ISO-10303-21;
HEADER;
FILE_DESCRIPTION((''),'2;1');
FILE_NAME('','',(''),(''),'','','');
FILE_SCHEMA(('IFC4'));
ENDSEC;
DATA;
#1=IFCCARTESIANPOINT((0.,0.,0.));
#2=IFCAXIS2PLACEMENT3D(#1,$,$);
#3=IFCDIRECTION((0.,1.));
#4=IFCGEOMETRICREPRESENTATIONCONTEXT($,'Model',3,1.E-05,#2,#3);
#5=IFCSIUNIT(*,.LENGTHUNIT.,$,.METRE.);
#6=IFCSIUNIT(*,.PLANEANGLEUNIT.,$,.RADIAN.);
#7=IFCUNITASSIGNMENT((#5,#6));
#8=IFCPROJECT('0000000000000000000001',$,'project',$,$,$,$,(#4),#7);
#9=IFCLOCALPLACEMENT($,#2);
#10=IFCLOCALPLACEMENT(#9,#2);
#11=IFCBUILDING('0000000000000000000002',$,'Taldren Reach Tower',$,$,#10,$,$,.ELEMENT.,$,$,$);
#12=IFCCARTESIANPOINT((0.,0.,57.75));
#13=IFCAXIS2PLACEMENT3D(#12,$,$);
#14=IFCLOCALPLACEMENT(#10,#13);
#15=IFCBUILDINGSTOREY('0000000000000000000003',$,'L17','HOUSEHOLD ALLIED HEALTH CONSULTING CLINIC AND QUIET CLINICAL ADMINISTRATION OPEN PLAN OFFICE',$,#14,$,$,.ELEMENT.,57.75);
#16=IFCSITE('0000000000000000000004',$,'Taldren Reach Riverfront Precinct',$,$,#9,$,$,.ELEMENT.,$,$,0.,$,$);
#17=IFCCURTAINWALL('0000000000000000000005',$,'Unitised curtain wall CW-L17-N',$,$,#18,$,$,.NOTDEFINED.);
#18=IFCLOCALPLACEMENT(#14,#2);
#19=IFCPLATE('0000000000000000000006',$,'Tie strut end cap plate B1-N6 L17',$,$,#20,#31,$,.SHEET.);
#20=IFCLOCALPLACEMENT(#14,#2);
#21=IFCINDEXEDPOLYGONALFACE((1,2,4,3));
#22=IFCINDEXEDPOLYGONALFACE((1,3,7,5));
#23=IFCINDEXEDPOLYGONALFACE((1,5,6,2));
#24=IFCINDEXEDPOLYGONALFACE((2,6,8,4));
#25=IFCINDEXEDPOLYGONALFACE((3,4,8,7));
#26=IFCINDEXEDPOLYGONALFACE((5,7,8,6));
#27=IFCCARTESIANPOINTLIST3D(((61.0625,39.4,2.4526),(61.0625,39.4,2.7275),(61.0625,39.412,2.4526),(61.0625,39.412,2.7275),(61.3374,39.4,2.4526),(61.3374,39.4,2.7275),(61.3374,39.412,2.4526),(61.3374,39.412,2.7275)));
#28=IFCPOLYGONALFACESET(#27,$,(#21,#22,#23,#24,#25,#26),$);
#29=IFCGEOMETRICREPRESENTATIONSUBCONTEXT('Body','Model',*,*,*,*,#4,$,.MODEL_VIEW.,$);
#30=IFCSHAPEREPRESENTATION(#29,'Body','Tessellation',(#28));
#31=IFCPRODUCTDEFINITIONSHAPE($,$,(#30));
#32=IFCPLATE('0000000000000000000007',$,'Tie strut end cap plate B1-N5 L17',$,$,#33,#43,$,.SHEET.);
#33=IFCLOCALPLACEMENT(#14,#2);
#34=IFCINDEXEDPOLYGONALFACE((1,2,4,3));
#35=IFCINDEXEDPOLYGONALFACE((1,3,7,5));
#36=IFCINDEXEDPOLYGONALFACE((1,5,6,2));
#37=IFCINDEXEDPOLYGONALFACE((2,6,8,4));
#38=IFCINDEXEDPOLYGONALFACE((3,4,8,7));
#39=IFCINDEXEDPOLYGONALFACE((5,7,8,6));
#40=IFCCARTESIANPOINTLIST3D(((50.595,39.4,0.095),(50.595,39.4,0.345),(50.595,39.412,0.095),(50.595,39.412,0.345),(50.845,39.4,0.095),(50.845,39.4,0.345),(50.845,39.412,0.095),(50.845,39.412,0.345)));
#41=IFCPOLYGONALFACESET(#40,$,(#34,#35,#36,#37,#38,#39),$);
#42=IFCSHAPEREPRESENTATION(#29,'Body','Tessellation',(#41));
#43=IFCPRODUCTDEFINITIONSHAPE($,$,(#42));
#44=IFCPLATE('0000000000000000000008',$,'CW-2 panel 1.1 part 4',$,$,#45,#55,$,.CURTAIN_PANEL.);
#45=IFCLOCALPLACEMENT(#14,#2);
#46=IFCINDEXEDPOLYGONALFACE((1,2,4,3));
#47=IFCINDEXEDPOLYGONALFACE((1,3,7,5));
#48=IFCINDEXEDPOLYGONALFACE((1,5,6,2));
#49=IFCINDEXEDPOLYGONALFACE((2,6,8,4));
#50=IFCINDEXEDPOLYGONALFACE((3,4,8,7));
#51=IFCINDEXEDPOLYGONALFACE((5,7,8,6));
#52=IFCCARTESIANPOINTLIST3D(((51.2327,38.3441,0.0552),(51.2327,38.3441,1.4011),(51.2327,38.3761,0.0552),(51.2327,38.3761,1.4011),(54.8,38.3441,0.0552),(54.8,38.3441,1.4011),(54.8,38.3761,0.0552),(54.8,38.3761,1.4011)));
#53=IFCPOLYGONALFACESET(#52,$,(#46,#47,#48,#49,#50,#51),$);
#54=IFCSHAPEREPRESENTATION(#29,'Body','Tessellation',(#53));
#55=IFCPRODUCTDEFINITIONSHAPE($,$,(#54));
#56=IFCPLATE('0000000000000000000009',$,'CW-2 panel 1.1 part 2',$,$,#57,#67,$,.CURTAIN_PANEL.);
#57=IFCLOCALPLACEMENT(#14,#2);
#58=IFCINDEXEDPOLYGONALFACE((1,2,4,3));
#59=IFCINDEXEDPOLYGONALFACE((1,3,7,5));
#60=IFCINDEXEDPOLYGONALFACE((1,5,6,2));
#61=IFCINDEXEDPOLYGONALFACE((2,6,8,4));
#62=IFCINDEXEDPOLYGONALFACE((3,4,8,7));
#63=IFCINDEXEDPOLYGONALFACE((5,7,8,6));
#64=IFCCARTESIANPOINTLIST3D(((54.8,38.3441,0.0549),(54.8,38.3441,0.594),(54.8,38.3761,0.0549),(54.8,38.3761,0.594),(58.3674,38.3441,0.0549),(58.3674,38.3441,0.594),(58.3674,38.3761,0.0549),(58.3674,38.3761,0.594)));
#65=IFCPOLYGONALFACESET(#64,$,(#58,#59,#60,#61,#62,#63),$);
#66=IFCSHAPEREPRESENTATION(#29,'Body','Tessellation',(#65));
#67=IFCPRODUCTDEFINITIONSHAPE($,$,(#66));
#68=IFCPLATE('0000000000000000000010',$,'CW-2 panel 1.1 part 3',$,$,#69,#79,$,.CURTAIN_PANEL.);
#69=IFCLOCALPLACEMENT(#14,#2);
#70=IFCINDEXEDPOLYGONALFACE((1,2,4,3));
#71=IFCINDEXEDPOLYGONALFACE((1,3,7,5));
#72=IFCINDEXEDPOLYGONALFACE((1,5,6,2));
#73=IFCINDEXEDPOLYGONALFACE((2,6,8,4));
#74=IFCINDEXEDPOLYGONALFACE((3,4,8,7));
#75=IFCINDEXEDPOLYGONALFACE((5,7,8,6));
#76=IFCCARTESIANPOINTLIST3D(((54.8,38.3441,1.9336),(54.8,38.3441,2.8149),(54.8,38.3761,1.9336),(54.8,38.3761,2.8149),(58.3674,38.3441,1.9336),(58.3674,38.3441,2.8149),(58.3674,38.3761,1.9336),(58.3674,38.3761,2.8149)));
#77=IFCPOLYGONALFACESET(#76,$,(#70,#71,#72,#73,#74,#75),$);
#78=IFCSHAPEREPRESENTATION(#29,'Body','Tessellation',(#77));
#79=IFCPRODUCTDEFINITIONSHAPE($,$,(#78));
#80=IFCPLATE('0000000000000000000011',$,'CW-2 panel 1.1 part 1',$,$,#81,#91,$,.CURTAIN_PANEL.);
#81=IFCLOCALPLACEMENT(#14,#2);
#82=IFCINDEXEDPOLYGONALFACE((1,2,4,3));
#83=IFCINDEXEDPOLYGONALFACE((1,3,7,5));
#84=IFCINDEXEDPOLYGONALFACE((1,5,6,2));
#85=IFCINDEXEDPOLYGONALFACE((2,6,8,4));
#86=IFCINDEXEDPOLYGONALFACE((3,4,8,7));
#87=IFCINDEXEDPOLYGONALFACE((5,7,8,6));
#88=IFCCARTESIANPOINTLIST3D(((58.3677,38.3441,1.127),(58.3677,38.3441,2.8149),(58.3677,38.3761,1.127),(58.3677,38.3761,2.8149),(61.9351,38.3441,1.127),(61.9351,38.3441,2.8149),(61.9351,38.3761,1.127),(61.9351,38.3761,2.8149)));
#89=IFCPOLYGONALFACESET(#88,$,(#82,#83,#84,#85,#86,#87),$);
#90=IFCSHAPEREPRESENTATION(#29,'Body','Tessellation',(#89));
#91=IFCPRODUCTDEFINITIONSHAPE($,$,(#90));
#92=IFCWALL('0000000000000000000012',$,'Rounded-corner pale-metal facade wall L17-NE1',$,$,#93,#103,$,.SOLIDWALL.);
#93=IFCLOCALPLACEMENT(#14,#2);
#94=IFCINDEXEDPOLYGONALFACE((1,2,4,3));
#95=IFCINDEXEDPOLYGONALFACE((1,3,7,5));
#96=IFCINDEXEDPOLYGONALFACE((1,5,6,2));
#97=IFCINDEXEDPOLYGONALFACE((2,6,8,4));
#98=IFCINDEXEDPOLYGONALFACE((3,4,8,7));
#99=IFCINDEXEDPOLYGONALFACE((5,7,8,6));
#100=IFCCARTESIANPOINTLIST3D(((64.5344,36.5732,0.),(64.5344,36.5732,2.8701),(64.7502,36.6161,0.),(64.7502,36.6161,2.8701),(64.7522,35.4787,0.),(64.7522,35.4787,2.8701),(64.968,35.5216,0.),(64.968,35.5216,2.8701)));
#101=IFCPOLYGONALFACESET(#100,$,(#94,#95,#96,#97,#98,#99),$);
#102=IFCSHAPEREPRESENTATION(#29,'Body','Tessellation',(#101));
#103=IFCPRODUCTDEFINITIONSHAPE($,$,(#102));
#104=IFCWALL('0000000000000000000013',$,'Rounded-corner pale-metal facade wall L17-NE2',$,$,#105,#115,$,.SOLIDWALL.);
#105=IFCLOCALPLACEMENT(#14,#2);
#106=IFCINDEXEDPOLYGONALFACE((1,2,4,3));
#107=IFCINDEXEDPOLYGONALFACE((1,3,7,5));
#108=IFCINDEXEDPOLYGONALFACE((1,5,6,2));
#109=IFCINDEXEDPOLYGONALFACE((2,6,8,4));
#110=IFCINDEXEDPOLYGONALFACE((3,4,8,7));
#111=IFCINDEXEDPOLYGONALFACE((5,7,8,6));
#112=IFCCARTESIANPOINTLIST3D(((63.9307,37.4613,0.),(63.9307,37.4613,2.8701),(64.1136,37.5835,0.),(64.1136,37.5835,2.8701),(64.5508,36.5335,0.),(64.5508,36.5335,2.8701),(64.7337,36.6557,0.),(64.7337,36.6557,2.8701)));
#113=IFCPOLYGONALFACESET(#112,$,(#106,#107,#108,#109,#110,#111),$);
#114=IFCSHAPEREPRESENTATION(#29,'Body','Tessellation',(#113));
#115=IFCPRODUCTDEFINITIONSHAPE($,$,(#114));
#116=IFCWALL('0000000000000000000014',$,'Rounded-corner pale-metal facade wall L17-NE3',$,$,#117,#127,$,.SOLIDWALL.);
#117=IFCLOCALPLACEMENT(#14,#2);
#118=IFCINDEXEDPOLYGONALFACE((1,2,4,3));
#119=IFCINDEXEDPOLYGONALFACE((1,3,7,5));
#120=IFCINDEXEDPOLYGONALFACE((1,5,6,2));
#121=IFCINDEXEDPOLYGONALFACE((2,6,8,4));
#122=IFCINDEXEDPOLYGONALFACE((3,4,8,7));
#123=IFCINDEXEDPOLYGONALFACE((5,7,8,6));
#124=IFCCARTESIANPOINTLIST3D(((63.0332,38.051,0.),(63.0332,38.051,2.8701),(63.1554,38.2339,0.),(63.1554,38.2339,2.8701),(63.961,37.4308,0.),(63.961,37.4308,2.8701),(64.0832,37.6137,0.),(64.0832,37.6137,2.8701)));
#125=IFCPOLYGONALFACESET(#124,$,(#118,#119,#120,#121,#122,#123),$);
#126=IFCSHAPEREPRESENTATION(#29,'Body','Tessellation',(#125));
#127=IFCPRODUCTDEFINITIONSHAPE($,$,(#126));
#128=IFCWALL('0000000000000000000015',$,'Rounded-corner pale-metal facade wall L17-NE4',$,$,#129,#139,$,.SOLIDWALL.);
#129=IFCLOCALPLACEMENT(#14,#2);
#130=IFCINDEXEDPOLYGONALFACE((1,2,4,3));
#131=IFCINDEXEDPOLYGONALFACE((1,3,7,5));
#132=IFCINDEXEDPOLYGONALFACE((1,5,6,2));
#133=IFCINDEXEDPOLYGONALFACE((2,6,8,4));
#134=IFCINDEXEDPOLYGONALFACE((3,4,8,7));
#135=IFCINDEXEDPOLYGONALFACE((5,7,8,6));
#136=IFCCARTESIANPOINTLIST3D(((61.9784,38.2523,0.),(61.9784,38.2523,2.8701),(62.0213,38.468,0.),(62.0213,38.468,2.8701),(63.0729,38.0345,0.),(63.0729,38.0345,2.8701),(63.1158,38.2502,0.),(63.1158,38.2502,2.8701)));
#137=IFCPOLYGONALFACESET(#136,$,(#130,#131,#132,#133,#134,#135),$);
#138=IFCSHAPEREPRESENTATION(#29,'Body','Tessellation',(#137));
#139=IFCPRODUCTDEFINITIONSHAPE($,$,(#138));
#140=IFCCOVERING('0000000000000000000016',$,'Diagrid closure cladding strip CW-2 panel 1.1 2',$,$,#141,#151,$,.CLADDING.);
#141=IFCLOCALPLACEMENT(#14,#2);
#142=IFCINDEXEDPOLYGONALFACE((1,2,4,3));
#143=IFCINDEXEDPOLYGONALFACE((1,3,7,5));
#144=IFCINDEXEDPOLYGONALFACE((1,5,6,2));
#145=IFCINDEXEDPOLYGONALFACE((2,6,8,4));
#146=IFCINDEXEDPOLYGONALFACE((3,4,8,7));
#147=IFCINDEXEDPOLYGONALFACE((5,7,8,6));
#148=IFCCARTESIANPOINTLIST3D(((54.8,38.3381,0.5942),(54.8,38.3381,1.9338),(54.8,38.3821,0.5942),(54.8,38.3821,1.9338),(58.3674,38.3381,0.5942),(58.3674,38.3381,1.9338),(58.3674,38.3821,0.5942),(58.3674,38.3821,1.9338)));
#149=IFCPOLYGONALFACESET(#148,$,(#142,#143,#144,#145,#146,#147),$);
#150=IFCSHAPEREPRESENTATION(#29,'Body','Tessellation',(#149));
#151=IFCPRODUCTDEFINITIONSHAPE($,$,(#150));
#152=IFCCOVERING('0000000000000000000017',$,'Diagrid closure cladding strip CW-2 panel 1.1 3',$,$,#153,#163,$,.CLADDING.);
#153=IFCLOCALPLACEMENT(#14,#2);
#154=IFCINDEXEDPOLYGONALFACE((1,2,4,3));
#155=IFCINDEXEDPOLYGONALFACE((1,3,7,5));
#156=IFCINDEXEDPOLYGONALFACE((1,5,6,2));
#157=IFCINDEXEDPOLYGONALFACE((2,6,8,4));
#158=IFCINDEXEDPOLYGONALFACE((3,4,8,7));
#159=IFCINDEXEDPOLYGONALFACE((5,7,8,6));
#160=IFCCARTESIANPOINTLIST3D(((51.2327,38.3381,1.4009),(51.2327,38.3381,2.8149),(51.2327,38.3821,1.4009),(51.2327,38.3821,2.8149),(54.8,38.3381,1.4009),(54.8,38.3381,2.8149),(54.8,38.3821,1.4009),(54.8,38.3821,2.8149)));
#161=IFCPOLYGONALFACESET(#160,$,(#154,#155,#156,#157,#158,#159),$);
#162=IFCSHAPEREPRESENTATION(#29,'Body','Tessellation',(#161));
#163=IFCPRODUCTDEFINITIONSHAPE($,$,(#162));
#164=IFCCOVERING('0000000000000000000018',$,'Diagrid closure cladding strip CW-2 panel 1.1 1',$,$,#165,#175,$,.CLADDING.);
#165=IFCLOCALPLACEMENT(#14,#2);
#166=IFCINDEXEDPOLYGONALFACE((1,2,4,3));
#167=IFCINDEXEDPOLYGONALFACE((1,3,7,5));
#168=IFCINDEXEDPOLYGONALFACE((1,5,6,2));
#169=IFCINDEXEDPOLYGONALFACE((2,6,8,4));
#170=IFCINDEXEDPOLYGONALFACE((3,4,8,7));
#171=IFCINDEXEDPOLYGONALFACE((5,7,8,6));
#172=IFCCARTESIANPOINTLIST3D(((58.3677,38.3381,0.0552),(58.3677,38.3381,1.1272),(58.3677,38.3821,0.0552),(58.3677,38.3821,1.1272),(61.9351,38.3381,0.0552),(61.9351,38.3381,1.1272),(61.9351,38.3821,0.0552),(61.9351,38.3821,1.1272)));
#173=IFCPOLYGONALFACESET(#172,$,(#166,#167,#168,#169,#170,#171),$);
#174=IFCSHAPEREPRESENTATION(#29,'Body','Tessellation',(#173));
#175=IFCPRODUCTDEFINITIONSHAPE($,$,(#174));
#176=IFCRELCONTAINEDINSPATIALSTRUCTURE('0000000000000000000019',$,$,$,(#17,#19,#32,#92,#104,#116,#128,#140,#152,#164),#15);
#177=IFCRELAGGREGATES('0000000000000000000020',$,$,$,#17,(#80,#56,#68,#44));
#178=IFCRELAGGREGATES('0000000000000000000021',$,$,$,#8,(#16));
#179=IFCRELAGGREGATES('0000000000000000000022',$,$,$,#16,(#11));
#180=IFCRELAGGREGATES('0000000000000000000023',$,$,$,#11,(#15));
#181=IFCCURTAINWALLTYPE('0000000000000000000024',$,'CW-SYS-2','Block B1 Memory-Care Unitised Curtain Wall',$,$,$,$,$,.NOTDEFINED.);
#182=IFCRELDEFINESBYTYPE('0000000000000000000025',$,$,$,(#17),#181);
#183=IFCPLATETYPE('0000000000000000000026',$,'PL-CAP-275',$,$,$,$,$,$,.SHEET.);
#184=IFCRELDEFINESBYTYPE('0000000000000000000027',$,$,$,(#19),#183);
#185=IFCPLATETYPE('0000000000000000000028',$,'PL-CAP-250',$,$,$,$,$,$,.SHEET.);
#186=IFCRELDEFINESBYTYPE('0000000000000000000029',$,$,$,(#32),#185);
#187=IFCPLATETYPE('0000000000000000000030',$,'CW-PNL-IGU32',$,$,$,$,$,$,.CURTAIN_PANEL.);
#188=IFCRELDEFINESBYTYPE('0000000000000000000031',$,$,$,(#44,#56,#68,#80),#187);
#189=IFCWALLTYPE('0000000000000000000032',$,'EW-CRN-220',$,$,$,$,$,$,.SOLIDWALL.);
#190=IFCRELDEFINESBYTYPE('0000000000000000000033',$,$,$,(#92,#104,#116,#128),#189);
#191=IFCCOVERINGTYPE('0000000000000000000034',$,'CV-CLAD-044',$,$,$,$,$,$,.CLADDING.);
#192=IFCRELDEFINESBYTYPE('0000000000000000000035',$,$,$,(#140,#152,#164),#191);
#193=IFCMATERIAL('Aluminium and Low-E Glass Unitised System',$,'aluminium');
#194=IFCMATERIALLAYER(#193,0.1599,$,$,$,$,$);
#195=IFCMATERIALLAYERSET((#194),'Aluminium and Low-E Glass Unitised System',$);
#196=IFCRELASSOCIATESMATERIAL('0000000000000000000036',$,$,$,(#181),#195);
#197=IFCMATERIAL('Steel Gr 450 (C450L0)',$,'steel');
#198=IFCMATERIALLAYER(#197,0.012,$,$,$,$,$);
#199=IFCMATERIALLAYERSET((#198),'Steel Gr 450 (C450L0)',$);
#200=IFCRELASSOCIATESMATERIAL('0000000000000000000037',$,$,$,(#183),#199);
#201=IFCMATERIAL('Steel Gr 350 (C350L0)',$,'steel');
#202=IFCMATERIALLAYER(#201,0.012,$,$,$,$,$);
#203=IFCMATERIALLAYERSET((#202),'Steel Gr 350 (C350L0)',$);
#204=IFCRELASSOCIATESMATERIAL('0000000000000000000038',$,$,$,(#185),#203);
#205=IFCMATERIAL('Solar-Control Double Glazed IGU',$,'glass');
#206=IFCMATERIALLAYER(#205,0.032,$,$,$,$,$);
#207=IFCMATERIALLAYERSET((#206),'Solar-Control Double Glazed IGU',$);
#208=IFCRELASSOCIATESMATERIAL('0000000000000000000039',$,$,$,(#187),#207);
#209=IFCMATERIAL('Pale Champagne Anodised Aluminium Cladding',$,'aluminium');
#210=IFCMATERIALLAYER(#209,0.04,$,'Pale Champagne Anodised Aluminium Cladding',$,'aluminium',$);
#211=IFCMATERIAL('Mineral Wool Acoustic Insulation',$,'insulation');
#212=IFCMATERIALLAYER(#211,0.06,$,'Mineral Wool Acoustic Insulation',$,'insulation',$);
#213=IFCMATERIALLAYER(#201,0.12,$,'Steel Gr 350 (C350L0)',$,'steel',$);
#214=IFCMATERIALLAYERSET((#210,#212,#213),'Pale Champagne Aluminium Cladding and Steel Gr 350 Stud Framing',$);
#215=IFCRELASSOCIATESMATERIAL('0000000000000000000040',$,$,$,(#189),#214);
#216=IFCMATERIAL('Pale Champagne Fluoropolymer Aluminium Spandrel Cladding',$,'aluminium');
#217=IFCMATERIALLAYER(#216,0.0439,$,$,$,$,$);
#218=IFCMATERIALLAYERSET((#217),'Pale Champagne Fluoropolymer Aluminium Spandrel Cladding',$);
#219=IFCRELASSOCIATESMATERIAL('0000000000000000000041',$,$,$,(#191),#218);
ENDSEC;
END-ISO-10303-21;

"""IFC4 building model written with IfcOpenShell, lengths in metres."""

from ifc_helpers import new_model, si_unit, direction, frame, frame_2d, origin, origin_2d, place, context, subcontext, project, spatial, rectangle, extrude, source, transform, mapped, material, layer, layer_set, type_object, element, aggregate, save


model = new_model("IFC4")

# Units and contexts
model_context = context("Model", 3, precision=1e-05, world=origin(), true_north=direction((0.0, 1.0)))
body_context = subcontext(model_context, "Body", "Model", "MODEL_VIEW")
ifc_project = project(units=[si_unit("LENGTHUNIT", "METRE"), si_unit("PLANEANGLEUNIT", "RADIAN")], contexts=[model_context])

# Site, building, storey
site_placement = place(None, origin())
site = spatial("IfcSite", under=ifc_project, at=site_placement, Name="Taldren Reach Riverfront Precinct", CompositionType="ELEMENT", RefElevation=0.0)
building_placement = place(site_placement, origin())
building = spatial("IfcBuilding", under=site, at=building_placement, Name="Taldren Reach Tower", CompositionType="ELEMENT")
storey_placement = place(building_placement, frame((0.0, 0.0, 57.75)))
storey = spatial("IfcBuildingStorey", under=building, at=storey_placement, Name="L17", Description="HOUSEHOLD ALLIED HEALTH CONSULTING CLINIC AND QUIET CLINICAL ADMINISTRATION OPEN PLAN OFFICE", CompositionType="ELEMENT", Elevation=57.75)

# Shared definitions
ifc_material_1 = material(Name="Steel Gr 450 (C450L0)", Category="steel")
ifc_material_2 = material(Name="Steel Gr 350 (C350L0)", Category="steel")

# Curtain wall
ifc_material_3 = material(Name="Aluminium and Low-E Glass Unitised System", Category="aluminium")
ifc_layer_1 = layer(ifc_material_3, 0.1599)
ifc_layer_set_1 = layer_set([ifc_layer_1], Name="Aluminium and Low-E Glass Unitised System")
curtain_wall_type = type_object("IfcCurtainWallType", Name="CW-SYS-2", Description="Block B1 Memory-Care Unitised Curtain Wall", PredefinedType="NOTDEFINED", material=ifc_layer_set_1)
curtain_wall_placement = place(storey_placement, origin())
curtain_wall = element("IfcCurtainWall", 1, at=curtain_wall_placement, inside=storey, type_object=curtain_wall_type, Name="Unitised curtain wall CW-L17-N", PredefinedType="NOTDEFINED")

# Plates
ifc_layer_2 = layer(ifc_material_1, 0.012)
ifc_layer_set_2 = layer_set([ifc_layer_2], Name="Steel Gr 450 (C450L0)")
plate_type_1 = type_object("IfcPlateType", Name="PL-CAP-275", PredefinedType="SHEET", material=ifc_layer_set_2)
shared_shape_1 = source(origin(), body_context, "Body", "SweptSolid", [
    extrude(rectangle(XDim=0.2749, YDim=0.012, at=origin_2d()), origin(), (0.0, 0.0, 1.0), 0.2749),
])
plate_1_placement = place(storey_placement, frame((61.2, 39.406, 2.4526), z_axis=(0.0, 0.0, 1.0), x_axis=(1.0, 0.0, 0.0)))
element("IfcPlate", 2, at=plate_1_placement, inside=storey, type_object=plate_type_1, Name="Tie strut end cap plate B1-N6 L17", PredefinedType="SHEET", context=body_context, shape_type="MappedRepresentation", body=[
    mapped(shared_shape_1, transform((0.0, 0.0, 0.0), scale=1.0)),
])
ifc_layer_3 = layer(ifc_material_2, 0.012)
ifc_layer_set_3 = layer_set([ifc_layer_3], Name="Steel Gr 350 (C350L0)")
plate_type_2 = type_object("IfcPlateType", Name="PL-CAP-250", PredefinedType="SHEET", material=ifc_layer_set_3)
shared_shape_2 = source(origin(), body_context, "Body", "SweptSolid", [
    extrude(rectangle(XDim=0.25, YDim=0.012, at=origin_2d()), origin(), (0.0, 0.0, 1.0), 0.25),
])
plate_2_placement = place(storey_placement, frame((50.72, 39.406, 0.095), z_axis=(0.0, 0.0, 1.0), x_axis=(1.0, 0.0, 0.0)))
element("IfcPlate", 3, at=plate_2_placement, inside=storey, type_object=plate_type_2, Name="Tie strut end cap plate B1-N5 L17", PredefinedType="SHEET", context=body_context, shape_type="MappedRepresentation", body=[
    mapped(shared_shape_2, transform((0.0, 0.0, 0.0), scale=1.0)),
])

# Plates
ifc_material_4 = material(Name="Solar-Control Double Glazed IGU", Category="glass")
ifc_layer_4 = layer(ifc_material_4, 0.032)
ifc_layer_set_4 = layer_set([ifc_layer_4], Name="Solar-Control Double Glazed IGU")
plate_type_3 = type_object("IfcPlateType", Name="CW-PNL-IGU32", PredefinedType="CURTAIN_PANEL", material=ifc_layer_set_4)
shared_shape_3 = source(origin(), body_context, "Body", "SweptSolid", [
    extrude(rectangle(XDim=3.5674, YDim=0.032, at=origin_2d()), origin(), (0.0, 0.0, 1.0), 1.3459),
])
plate_3_placement = place(storey_placement, frame((53.0164, 38.3601, 0.0552), z_axis=(0.0, 0.0, 1.0), x_axis=(-1.0, 0.0, 0.0)))
plate_3 = element("IfcPlate", 4, at=plate_3_placement, type_object=plate_type_3, Name="CW-2 panel 1.1 part 4", PredefinedType="CURTAIN_PANEL", context=body_context, shape_type="MappedRepresentation", body=[
    mapped(shared_shape_3, transform((0.0, 0.0, 0.0), scale=1.0)),
])
shared_shape_4 = source(origin(), body_context, "Body", "SweptSolid", [
    extrude(rectangle(XDim=3.5674, YDim=0.032, at=origin_2d()), origin(), (0.0, 0.0, 1.0), 0.5391),
])
plate_4_placement = place(storey_placement, frame((56.5837, 38.3601, 0.0549), z_axis=(0.0, 0.0, 1.0), x_axis=(-1.0, 0.0, 0.0)))
plate_4 = element("IfcPlate", 5, at=plate_4_placement, type_object=plate_type_3, Name="CW-2 panel 1.1 part 2", PredefinedType="CURTAIN_PANEL", context=body_context, shape_type="MappedRepresentation", body=[
    mapped(shared_shape_4, transform((0.0, 0.0, 0.0), scale=1.0)),
])
shared_shape_5 = source(origin(), body_context, "Body", "SweptSolid", [
    extrude(rectangle(XDim=3.5674, YDim=0.032, at=origin_2d()), origin(), (0.0, 0.0, 1.0), 0.8813),
])
plate_5_placement = place(storey_placement, frame((56.5837, 38.3601, 1.9336), z_axis=(0.0, 0.0, 1.0), x_axis=(-1.0, 0.0, 0.0)))
plate_5 = element("IfcPlate", 6, at=plate_5_placement, type_object=plate_type_3, Name="CW-2 panel 1.1 part 3", PredefinedType="CURTAIN_PANEL", context=body_context, shape_type="MappedRepresentation", body=[
    mapped(shared_shape_5, transform((0.0, 0.0, 0.0), scale=1.0)),
])
shared_shape_6 = source(origin(), body_context, "Body", "SweptSolid", [
    extrude(rectangle(XDim=3.5674, YDim=0.032, at=origin_2d()), origin(), (0.0, 0.0, 1.0), 1.688),
])
plate_6_placement = place(storey_placement, frame((60.1514, 38.3601, 1.127), z_axis=(0.0, 0.0, 1.0), x_axis=(-1.0, 0.0, 0.0)))
plate_6 = element("IfcPlate", 7, at=plate_6_placement, type_object=plate_type_3, Name="CW-2 panel 1.1 part 1", PredefinedType="CURTAIN_PANEL", context=body_context, shape_type="MappedRepresentation", body=[
    mapped(shared_shape_6, transform((0.0, 0.0, 0.0), scale=1.0)),
])
aggregate(curtain_wall, [plate_6, plate_4, plate_5, plate_3])

# Walls
ifc_material_5 = material(Name="Pale Champagne Anodised Aluminium Cladding", Category="aluminium")
ifc_layer_5 = layer(ifc_material_5, 0.04, Name="Pale Champagne Anodised Aluminium Cladding", Category="aluminium")
ifc_material_6 = material(Name="Mineral Wool Acoustic Insulation", Category="insulation")
ifc_layer_6 = layer(ifc_material_6, 0.06, Name="Mineral Wool Acoustic Insulation", Category="insulation")
ifc_layer_7 = layer(ifc_material_2, 0.12, Name="Steel Gr 350 (C350L0)", Category="steel")
ifc_layer_set_5 = layer_set([ifc_layer_5, ifc_layer_6, ifc_layer_7], Name="Pale Champagne Aluminium Cladding and Steel Gr 350 Stud Framing")
wall_type = type_object("IfcWallType", Name="EW-CRN-220", PredefinedType="SOLIDWALL", material=ifc_layer_set_5)
shared_shape_7 = source(origin(), body_context, "Body", "SweptSolid", [
    extrude(rectangle(XDim=1.116, YDim=0.22, at=frame_2d((0.5581, 0.0))), origin(), (0.0, 0.0, 1.0), 2.8701),
])
for number, where, z_axis, x_axis, name in (
    (8, (64.8601, 35.5, 0.0), (0.0, 0.0, 1.0), (-0.195148, 0.980774, 0.0), "Rounded-corner pale-metal facade wall L17-NE1"),
    (9, (64.6423, 36.5945, 0.0), (0.0, 0.0, 1.0), (-0.55571, 0.831377, 0.0), "Rounded-corner pale-metal facade wall L17-NE2"),
    (10, (64.0222, 37.5222, 0.0), (0.0, 0.0, 1.0), (-0.831377, 0.55571, 0.0), "Rounded-corner pale-metal facade wall L17-NE3"),
    (11, (63.0945, 38.1423, 0.0), (0.0, 0.0, 1.0), (-0.980774, 0.195148, 0.0), "Rounded-corner pale-metal facade wall L17-NE4"),
):
    element("IfcWall", number, at=place(storey_placement, frame(where, z_axis=z_axis, x_axis=x_axis)), inside=storey, type_object=wall_type, Name=name, PredefinedType="SOLIDWALL", context=body_context, shape_type="MappedRepresentation", body=[
        mapped(shared_shape_7, transform((0.0, 0.0, 0.0), scale=1.0)),
    ])

# Coverings
ifc_material_7 = material(Name="Pale Champagne Fluoropolymer Aluminium Spandrel Cladding", Category="aluminium")
ifc_layer_8 = layer(ifc_material_7, 0.0439)
ifc_layer_set_6 = layer_set([ifc_layer_8], Name="Pale Champagne Fluoropolymer Aluminium Spandrel Cladding")
covering_type = type_object("IfcCoveringType", Name="CV-CLAD-044", PredefinedType="CLADDING", material=ifc_layer_set_6)
shared_shape_8 = source(origin(), body_context, "Body", "SweptSolid", [
    extrude(rectangle(XDim=3.5674, YDim=0.0439, at=origin_2d()), origin(), (0.0, 0.0, 1.0), 1.3396),
])
covering_1_placement = place(storey_placement, frame((56.5837, 38.3601, 0.5942), z_axis=(0.0, 0.0, 1.0), x_axis=(-1.0, 0.0, 0.0)))
element("IfcCovering", 12, at=covering_1_placement, inside=storey, type_object=covering_type, Name="Diagrid closure cladding strip CW-2 panel 1.1 2", PredefinedType="CLADDING", context=body_context, shape_type="MappedRepresentation", body=[
    mapped(shared_shape_8, transform((0.0, 0.0, 0.0), scale=1.0)),
])
shared_shape_9 = source(origin(), body_context, "Body", "SweptSolid", [
    extrude(rectangle(XDim=3.5674, YDim=0.0439, at=origin_2d()), origin(), (0.0, 0.0, 1.0), 1.4141),
])
covering_2_placement = place(storey_placement, frame((53.0164, 38.3601, 1.4009), z_axis=(0.0, 0.0, 1.0), x_axis=(-1.0, 0.0, 0.0)))
element("IfcCovering", 13, at=covering_2_placement, inside=storey, type_object=covering_type, Name="Diagrid closure cladding strip CW-2 panel 1.1 3", PredefinedType="CLADDING", context=body_context, shape_type="MappedRepresentation", body=[
    mapped(shared_shape_9, transform((0.0, 0.0, 0.0), scale=1.0)),
])
shared_shape_10 = source(origin(), body_context, "Body", "SweptSolid", [
    extrude(rectangle(XDim=3.5674, YDim=0.0439, at=origin_2d()), origin(), (0.0, 0.0, 1.0), 1.072),
])
covering_3_placement = place(storey_placement, frame((60.1514, 38.3601, 0.0552), z_axis=(0.0, 0.0, 1.0), x_axis=(-1.0, 0.0, 0.0)))
element("IfcCovering", 14, at=covering_3_placement, inside=storey, type_object=covering_type, Name="Diagrid closure cladding strip CW-2 panel 1.1 1", PredefinedType="CLADDING", context=body_context, shape_type="MappedRepresentation", body=[
    mapped(shared_shape_10, transform((0.0, 0.0, 0.0), scale=1.0)),
])

save(model, "model.ifc")
